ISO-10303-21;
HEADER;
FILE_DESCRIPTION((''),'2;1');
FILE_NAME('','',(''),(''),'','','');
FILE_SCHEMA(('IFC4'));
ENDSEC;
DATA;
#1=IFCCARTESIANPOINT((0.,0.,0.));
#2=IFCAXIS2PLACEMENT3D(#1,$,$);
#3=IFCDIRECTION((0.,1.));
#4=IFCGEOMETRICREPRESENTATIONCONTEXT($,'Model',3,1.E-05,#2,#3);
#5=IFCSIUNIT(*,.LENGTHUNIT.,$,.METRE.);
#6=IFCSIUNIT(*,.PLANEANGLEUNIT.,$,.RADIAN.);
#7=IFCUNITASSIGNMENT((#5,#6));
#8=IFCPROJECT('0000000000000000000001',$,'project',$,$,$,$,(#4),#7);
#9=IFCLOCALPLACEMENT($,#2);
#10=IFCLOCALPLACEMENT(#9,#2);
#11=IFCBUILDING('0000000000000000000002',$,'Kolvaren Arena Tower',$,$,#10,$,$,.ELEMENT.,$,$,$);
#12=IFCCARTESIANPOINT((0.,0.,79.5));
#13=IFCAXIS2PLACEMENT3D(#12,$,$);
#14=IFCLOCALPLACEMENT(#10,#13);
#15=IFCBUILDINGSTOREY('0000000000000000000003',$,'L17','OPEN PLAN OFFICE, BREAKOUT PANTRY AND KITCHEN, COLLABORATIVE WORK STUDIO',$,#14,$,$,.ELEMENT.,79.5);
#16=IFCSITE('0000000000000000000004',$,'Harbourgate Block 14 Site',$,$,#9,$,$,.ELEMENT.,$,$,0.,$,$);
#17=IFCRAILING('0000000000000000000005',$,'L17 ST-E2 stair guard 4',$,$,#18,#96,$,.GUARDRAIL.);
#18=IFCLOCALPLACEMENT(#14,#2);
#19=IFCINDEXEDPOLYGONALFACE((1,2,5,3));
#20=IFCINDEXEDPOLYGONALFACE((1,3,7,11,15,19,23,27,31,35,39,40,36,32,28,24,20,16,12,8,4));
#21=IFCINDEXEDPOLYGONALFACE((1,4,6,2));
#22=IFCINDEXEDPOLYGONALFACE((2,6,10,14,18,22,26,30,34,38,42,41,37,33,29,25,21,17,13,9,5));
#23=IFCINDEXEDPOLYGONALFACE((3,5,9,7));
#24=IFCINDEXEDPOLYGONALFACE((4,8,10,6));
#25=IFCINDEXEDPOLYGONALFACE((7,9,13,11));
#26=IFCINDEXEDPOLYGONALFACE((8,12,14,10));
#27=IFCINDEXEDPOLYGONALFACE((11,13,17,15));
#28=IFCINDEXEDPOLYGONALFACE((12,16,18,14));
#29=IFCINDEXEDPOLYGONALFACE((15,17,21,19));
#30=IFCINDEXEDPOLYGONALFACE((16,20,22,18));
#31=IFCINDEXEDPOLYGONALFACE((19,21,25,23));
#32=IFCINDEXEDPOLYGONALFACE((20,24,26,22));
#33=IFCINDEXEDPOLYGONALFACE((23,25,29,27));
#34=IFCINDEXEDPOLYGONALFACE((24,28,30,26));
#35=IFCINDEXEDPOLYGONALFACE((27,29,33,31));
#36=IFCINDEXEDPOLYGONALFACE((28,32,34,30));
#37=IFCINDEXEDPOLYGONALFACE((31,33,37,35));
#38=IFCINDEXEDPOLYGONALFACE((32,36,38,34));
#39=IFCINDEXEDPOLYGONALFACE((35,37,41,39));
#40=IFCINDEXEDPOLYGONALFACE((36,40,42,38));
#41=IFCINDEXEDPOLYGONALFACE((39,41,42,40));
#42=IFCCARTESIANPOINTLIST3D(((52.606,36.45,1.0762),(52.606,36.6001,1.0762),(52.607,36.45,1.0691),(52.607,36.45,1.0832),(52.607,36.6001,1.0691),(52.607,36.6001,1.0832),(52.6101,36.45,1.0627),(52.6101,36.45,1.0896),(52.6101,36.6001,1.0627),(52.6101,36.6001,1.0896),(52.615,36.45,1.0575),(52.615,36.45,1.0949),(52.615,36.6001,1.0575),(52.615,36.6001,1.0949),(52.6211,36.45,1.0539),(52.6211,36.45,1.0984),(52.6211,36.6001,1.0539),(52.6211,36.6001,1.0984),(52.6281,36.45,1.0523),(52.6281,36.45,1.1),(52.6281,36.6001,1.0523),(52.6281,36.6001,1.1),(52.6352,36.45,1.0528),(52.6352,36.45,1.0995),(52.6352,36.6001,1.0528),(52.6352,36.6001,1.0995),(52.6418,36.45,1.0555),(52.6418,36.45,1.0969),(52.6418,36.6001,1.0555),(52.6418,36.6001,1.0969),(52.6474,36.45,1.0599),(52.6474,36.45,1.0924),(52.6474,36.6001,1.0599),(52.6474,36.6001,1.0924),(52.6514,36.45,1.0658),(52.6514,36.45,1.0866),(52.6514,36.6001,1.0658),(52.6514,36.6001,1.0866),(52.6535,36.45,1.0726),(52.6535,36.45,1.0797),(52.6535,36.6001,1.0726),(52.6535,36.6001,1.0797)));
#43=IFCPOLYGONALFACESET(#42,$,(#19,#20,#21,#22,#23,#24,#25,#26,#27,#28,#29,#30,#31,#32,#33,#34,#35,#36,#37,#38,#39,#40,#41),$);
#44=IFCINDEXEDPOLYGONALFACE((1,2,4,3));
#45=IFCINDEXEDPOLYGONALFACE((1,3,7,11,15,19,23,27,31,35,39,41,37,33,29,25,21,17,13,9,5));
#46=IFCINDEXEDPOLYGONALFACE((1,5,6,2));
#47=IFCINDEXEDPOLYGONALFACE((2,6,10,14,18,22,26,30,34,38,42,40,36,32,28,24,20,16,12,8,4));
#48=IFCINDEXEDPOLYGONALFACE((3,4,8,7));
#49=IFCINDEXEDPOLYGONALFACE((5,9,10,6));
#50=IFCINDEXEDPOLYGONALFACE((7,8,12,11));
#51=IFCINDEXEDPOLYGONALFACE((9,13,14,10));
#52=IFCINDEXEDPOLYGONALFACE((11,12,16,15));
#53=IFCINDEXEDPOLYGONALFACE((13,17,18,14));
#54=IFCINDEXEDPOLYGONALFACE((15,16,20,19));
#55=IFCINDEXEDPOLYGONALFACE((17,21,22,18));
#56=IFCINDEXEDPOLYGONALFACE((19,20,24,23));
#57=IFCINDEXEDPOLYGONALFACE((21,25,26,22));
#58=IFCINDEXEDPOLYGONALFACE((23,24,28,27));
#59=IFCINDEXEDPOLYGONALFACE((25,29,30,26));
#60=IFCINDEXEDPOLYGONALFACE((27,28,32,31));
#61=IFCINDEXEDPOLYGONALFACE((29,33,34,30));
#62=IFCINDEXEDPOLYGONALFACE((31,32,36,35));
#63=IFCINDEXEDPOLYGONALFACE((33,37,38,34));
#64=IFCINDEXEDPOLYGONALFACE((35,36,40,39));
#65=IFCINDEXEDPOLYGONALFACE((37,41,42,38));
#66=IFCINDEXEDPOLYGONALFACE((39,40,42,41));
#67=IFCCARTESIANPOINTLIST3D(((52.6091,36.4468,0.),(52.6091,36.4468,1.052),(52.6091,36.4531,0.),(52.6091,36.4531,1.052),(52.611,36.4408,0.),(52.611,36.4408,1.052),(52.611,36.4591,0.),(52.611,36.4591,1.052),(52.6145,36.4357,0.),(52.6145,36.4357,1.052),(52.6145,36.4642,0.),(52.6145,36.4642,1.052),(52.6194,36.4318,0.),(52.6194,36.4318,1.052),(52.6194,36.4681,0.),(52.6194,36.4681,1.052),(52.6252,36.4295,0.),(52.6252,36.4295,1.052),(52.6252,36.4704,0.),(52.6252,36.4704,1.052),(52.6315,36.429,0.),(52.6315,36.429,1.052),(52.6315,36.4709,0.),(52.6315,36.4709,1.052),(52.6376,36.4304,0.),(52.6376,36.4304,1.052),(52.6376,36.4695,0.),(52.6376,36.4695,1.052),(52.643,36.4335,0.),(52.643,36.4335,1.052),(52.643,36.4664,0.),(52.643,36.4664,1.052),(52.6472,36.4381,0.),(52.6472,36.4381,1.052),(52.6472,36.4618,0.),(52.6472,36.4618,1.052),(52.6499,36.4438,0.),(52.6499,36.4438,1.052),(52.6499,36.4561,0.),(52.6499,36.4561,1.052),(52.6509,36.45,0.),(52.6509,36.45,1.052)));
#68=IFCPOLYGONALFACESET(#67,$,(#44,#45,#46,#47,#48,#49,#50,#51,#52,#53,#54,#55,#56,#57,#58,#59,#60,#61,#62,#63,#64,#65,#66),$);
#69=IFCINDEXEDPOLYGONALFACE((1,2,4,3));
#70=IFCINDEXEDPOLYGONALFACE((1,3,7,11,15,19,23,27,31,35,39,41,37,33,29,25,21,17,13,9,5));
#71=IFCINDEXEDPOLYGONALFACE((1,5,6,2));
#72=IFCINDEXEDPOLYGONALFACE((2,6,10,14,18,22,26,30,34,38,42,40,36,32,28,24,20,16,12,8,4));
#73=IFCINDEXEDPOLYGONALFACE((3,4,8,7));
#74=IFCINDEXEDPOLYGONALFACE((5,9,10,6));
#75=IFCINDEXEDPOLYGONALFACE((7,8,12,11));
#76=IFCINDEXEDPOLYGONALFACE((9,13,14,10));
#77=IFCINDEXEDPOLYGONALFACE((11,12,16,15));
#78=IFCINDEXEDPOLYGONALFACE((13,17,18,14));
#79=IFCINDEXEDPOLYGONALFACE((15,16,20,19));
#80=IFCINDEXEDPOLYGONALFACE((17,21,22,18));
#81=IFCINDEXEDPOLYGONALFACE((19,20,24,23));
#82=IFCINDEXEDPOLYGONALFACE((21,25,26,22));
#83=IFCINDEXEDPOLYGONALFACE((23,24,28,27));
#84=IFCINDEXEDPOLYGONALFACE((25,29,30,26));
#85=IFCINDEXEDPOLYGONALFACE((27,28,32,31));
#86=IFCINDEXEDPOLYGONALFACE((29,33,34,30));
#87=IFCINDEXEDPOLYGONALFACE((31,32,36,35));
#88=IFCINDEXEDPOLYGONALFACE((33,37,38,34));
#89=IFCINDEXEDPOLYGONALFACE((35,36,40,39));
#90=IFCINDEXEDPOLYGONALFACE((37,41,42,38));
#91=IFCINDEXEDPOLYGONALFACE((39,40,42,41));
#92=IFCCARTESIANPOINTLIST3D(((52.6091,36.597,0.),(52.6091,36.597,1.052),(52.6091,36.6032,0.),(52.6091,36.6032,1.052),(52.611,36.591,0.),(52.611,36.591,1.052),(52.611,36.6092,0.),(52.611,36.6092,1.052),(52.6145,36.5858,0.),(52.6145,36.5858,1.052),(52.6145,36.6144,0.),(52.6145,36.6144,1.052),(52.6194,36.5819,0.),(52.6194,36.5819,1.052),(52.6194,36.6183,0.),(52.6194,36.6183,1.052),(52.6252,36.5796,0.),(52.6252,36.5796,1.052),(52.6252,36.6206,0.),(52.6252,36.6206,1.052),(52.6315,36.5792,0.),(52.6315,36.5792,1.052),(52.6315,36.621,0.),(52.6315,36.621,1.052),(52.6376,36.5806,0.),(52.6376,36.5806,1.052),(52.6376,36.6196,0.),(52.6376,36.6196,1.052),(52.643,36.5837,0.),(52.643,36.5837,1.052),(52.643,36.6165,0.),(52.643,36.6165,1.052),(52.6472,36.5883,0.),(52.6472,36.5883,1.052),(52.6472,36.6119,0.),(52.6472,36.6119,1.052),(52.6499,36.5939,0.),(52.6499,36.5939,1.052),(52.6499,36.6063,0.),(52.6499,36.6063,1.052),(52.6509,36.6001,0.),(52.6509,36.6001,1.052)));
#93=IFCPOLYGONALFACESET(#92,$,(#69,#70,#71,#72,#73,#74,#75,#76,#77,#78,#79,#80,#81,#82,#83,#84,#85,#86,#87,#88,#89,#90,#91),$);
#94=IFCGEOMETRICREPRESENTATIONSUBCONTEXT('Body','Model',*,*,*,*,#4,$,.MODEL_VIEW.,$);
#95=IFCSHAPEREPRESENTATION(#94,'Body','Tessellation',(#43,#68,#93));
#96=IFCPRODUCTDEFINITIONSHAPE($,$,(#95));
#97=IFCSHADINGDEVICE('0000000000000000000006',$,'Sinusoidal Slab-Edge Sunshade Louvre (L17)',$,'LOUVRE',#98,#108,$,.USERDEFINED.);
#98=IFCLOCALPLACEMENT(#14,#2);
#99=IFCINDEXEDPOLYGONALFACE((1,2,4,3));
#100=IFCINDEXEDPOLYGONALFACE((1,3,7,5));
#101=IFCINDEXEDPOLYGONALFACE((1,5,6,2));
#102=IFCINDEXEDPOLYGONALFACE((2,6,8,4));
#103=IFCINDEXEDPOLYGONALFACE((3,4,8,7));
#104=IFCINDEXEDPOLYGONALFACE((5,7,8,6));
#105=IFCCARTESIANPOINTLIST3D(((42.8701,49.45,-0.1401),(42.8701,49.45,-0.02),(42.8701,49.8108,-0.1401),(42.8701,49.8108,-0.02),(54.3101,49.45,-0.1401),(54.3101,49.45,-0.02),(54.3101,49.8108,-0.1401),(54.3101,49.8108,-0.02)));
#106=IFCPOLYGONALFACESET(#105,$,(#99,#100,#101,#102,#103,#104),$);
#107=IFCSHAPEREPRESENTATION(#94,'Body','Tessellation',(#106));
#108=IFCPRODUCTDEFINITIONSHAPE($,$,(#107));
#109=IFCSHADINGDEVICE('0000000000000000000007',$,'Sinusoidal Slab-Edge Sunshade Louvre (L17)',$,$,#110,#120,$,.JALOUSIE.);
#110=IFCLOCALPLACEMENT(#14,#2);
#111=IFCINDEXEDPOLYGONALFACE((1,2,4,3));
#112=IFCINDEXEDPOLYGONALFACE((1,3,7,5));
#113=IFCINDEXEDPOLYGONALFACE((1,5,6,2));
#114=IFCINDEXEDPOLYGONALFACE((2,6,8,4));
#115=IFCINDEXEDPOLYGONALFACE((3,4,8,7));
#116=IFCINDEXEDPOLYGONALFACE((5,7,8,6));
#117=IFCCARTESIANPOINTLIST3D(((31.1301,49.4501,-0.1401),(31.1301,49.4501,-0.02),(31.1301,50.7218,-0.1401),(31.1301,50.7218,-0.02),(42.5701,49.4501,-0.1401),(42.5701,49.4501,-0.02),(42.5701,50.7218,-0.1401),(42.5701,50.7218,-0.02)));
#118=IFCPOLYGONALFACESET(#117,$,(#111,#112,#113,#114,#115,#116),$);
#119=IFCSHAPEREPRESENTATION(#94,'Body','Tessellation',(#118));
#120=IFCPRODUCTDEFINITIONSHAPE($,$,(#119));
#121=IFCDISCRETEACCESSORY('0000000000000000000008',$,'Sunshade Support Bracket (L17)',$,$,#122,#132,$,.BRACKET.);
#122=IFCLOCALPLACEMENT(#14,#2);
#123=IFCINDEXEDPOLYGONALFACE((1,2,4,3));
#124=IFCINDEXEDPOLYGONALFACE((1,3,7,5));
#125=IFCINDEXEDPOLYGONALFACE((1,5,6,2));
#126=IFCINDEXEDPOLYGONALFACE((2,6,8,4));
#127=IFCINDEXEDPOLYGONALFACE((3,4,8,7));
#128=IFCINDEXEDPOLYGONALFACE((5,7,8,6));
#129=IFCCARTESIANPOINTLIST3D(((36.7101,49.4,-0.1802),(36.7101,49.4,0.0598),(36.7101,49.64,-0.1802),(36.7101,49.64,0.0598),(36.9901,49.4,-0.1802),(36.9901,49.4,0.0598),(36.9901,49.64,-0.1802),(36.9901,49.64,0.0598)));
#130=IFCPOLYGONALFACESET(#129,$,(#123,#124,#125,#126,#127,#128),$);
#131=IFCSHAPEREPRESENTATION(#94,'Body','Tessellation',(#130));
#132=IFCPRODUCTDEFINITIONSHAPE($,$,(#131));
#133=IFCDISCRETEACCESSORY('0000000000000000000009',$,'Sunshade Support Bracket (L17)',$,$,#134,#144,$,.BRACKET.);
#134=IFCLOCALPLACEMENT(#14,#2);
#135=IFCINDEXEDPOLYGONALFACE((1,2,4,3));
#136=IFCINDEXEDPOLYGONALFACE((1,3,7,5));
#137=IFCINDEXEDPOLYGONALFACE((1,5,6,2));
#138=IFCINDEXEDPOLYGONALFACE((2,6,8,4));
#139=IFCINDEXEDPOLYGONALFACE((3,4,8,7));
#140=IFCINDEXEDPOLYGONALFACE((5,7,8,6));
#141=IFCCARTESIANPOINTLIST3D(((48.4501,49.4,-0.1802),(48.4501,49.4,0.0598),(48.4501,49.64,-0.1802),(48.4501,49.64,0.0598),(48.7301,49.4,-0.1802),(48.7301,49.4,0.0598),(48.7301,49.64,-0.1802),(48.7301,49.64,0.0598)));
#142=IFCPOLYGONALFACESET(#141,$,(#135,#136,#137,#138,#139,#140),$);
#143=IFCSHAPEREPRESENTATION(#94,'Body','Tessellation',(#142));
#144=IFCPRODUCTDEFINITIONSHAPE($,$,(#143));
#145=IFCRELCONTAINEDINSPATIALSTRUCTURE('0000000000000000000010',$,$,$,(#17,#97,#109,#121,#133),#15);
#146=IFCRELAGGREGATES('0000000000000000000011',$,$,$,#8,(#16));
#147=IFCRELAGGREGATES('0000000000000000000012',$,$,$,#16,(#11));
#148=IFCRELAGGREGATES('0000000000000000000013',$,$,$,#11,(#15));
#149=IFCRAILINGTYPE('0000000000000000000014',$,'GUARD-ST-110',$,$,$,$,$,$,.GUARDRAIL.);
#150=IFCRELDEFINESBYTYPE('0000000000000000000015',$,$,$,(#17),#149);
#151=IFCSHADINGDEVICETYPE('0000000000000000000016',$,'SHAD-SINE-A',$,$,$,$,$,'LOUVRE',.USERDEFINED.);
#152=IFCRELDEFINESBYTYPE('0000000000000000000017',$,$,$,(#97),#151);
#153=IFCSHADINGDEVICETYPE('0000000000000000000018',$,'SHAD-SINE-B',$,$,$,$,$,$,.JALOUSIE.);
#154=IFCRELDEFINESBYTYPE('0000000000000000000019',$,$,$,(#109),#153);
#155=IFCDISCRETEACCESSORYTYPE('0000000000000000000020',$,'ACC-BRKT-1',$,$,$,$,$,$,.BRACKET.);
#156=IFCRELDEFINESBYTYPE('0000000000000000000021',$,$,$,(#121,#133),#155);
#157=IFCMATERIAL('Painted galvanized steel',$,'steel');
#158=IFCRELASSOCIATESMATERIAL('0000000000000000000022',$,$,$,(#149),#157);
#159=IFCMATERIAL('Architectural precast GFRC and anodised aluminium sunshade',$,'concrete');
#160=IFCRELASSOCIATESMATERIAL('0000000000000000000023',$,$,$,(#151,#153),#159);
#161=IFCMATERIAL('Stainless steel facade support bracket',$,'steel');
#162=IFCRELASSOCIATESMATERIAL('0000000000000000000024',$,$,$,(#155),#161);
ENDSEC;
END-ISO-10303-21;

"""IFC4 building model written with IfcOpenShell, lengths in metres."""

from ifc_helpers import new_model, si_unit, direction, frame, origin, origin_2d, place, context, subcontext, project, spatial, rectangle, circle, extrude, material, type_object, element, save


model = new_model("IFC4")

# Units and contexts
model_context = context("Model", 3, precision=1e-05, world=origin(), true_north=direction((0.0, 1.0)))
body_context = subcontext(model_context, "Body", "Model", "MODEL_VIEW")
ifc_project = project(units=[si_unit("LENGTHUNIT", "METRE"), si_unit("PLANEANGLEUNIT", "RADIAN")], contexts=[model_context])

# Site, building, storey
site_placement = place(None, origin())
site = spatial("IfcSite", under=ifc_project, at=site_placement, Name="Harbourgate Block 14 Site", CompositionType="ELEMENT", RefElevation=0.0)
building_placement = place(site_placement, origin())
building = spatial("IfcBuilding", under=site, at=building_placement, Name="Kolvaren Arena Tower", CompositionType="ELEMENT")
storey_placement = place(building_placement, frame((0.0, 0.0, 79.5)))
storey = spatial("IfcBuildingStorey", under=building, at=storey_placement, Name="L17", Description="OPEN PLAN OFFICE, BREAKOUT PANTRY AND KITCHEN, COLLABORATIVE WORK STUDIO", CompositionType="ELEMENT", Elevation=79.5)

# Railing
ifc_material_1 = material(Name="Painted galvanized steel", Category="steel")
railing_type = type_object("IfcRailingType", Name="GUARD-ST-110", PredefinedType="GUARDRAIL", material=ifc_material_1)
railing_1_placement = place(storey_placement, frame((52.6299, 36.45, 0.0)))
element("IfcRailing", 1, at=railing_1_placement, inside=storey, type_object=railing_type, Name="L17 ST-E2 stair guard 4", PredefinedType="GUARDRAIL", context=body_context, shape_type="SweptSolid", body=[
    extrude(circle(Radius=0.0239, at=origin_2d()), frame((0.0, 0.0, 1.0762), z_axis=(0.0, 1.0, 0.0), x_axis=(-1.0, 0.0, 0.0)), (0.0, 0.0, 1.0), 0.1501),
    extrude(circle(Radius=0.021, at=origin_2d()), origin(), (0.0, 0.0, 1.0), 1.052),
    extrude(circle(Radius=0.021, at=origin_2d()), frame((0.0, 0.1501, 0.0)), (0.0, 0.0, 1.0), 1.052),
])

# Shading devices
ifc_material_2 = material(Name="Architectural precast GFRC and anodised aluminium sunshade", Category="concrete")
shading_device_type_1 = type_object("IfcShadingDeviceType", Name="SHAD-SINE-A", ElementType="LOUVRE", PredefinedType="USERDEFINED", material=ifc_material_2)
shading_device_1_placement = place(storey_placement, frame((48.5901, 49.6304, -0.1401), z_axis=(0.0, 0.0, 1.0), x_axis=(1.0, 0.0, 0.0)))
element("IfcShadingDevice", 2, at=shading_device_1_placement, inside=storey, type_object=shading_device_type_1, Name="Sinusoidal Slab-Edge Sunshade Louvre (L17)", ObjectType="LOUVRE", PredefinedType="USERDEFINED", context=body_context, shape_type="SweptSolid", body=[
    extrude(rectangle(XDim=11.4399, YDim=0.3608, at=origin_2d()), origin(), (0.0, 0.0, 1.0), 0.1201),
])
shading_device_type_2 = type_object("IfcShadingDeviceType", Name="SHAD-SINE-B", PredefinedType="JALOUSIE", material=ifc_material_2)
shading_device_2_placement = place(storey_placement, frame((36.8501, 50.0859, -0.1401), z_axis=(0.0, 0.0, 1.0), x_axis=(1.0, 0.0, 0.0)))
element("IfcShadingDevice", 3, at=shading_device_2_placement, inside=storey, type_object=shading_device_type_2, Name="Sinusoidal Slab-Edge Sunshade Louvre (L17)", PredefinedType="JALOUSIE", context=body_context, shape_type="SweptSolid", body=[
    extrude(rectangle(XDim=11.4399, YDim=1.2717, at=origin_2d()), origin(), (0.0, 0.0, 1.0), 0.1201),
])

# Discrete accessories
ifc_material_3 = material(Name="Stainless steel facade support bracket", Category="steel")
discrete_accessory_type = type_object("IfcDiscreteAccessoryType", Name="ACC-BRKT-1", PredefinedType="BRACKET", material=ifc_material_3)
for number, where, z_axis, x_axis, name in (
    (4, (36.8501, 49.52, -0.1802), (0.0, 0.0, 1.0), (1.0, 0.0, 0.0), "Sunshade Support Bracket (L17)"),
    (5, (48.5901, 49.52, -0.1802), (0.0, 0.0, 1.0), (1.0, 0.0, 0.0), "Sunshade Support Bracket (L17)"),
):
    element("IfcDiscreteAccessory", number, at=place(storey_placement, frame(where, z_axis=z_axis, x_axis=x_axis)), inside=storey, type_object=discrete_accessory_type, Name=name, PredefinedType="BRACKET", context=body_context, shape_type="SweptSolid", body=[
        extrude(rectangle(XDim=0.28, YDim=0.24, at=origin_2d()), origin(), (0.0, 0.0, 1.0), 0.24),
    ])

save(model, "model.ifc")
